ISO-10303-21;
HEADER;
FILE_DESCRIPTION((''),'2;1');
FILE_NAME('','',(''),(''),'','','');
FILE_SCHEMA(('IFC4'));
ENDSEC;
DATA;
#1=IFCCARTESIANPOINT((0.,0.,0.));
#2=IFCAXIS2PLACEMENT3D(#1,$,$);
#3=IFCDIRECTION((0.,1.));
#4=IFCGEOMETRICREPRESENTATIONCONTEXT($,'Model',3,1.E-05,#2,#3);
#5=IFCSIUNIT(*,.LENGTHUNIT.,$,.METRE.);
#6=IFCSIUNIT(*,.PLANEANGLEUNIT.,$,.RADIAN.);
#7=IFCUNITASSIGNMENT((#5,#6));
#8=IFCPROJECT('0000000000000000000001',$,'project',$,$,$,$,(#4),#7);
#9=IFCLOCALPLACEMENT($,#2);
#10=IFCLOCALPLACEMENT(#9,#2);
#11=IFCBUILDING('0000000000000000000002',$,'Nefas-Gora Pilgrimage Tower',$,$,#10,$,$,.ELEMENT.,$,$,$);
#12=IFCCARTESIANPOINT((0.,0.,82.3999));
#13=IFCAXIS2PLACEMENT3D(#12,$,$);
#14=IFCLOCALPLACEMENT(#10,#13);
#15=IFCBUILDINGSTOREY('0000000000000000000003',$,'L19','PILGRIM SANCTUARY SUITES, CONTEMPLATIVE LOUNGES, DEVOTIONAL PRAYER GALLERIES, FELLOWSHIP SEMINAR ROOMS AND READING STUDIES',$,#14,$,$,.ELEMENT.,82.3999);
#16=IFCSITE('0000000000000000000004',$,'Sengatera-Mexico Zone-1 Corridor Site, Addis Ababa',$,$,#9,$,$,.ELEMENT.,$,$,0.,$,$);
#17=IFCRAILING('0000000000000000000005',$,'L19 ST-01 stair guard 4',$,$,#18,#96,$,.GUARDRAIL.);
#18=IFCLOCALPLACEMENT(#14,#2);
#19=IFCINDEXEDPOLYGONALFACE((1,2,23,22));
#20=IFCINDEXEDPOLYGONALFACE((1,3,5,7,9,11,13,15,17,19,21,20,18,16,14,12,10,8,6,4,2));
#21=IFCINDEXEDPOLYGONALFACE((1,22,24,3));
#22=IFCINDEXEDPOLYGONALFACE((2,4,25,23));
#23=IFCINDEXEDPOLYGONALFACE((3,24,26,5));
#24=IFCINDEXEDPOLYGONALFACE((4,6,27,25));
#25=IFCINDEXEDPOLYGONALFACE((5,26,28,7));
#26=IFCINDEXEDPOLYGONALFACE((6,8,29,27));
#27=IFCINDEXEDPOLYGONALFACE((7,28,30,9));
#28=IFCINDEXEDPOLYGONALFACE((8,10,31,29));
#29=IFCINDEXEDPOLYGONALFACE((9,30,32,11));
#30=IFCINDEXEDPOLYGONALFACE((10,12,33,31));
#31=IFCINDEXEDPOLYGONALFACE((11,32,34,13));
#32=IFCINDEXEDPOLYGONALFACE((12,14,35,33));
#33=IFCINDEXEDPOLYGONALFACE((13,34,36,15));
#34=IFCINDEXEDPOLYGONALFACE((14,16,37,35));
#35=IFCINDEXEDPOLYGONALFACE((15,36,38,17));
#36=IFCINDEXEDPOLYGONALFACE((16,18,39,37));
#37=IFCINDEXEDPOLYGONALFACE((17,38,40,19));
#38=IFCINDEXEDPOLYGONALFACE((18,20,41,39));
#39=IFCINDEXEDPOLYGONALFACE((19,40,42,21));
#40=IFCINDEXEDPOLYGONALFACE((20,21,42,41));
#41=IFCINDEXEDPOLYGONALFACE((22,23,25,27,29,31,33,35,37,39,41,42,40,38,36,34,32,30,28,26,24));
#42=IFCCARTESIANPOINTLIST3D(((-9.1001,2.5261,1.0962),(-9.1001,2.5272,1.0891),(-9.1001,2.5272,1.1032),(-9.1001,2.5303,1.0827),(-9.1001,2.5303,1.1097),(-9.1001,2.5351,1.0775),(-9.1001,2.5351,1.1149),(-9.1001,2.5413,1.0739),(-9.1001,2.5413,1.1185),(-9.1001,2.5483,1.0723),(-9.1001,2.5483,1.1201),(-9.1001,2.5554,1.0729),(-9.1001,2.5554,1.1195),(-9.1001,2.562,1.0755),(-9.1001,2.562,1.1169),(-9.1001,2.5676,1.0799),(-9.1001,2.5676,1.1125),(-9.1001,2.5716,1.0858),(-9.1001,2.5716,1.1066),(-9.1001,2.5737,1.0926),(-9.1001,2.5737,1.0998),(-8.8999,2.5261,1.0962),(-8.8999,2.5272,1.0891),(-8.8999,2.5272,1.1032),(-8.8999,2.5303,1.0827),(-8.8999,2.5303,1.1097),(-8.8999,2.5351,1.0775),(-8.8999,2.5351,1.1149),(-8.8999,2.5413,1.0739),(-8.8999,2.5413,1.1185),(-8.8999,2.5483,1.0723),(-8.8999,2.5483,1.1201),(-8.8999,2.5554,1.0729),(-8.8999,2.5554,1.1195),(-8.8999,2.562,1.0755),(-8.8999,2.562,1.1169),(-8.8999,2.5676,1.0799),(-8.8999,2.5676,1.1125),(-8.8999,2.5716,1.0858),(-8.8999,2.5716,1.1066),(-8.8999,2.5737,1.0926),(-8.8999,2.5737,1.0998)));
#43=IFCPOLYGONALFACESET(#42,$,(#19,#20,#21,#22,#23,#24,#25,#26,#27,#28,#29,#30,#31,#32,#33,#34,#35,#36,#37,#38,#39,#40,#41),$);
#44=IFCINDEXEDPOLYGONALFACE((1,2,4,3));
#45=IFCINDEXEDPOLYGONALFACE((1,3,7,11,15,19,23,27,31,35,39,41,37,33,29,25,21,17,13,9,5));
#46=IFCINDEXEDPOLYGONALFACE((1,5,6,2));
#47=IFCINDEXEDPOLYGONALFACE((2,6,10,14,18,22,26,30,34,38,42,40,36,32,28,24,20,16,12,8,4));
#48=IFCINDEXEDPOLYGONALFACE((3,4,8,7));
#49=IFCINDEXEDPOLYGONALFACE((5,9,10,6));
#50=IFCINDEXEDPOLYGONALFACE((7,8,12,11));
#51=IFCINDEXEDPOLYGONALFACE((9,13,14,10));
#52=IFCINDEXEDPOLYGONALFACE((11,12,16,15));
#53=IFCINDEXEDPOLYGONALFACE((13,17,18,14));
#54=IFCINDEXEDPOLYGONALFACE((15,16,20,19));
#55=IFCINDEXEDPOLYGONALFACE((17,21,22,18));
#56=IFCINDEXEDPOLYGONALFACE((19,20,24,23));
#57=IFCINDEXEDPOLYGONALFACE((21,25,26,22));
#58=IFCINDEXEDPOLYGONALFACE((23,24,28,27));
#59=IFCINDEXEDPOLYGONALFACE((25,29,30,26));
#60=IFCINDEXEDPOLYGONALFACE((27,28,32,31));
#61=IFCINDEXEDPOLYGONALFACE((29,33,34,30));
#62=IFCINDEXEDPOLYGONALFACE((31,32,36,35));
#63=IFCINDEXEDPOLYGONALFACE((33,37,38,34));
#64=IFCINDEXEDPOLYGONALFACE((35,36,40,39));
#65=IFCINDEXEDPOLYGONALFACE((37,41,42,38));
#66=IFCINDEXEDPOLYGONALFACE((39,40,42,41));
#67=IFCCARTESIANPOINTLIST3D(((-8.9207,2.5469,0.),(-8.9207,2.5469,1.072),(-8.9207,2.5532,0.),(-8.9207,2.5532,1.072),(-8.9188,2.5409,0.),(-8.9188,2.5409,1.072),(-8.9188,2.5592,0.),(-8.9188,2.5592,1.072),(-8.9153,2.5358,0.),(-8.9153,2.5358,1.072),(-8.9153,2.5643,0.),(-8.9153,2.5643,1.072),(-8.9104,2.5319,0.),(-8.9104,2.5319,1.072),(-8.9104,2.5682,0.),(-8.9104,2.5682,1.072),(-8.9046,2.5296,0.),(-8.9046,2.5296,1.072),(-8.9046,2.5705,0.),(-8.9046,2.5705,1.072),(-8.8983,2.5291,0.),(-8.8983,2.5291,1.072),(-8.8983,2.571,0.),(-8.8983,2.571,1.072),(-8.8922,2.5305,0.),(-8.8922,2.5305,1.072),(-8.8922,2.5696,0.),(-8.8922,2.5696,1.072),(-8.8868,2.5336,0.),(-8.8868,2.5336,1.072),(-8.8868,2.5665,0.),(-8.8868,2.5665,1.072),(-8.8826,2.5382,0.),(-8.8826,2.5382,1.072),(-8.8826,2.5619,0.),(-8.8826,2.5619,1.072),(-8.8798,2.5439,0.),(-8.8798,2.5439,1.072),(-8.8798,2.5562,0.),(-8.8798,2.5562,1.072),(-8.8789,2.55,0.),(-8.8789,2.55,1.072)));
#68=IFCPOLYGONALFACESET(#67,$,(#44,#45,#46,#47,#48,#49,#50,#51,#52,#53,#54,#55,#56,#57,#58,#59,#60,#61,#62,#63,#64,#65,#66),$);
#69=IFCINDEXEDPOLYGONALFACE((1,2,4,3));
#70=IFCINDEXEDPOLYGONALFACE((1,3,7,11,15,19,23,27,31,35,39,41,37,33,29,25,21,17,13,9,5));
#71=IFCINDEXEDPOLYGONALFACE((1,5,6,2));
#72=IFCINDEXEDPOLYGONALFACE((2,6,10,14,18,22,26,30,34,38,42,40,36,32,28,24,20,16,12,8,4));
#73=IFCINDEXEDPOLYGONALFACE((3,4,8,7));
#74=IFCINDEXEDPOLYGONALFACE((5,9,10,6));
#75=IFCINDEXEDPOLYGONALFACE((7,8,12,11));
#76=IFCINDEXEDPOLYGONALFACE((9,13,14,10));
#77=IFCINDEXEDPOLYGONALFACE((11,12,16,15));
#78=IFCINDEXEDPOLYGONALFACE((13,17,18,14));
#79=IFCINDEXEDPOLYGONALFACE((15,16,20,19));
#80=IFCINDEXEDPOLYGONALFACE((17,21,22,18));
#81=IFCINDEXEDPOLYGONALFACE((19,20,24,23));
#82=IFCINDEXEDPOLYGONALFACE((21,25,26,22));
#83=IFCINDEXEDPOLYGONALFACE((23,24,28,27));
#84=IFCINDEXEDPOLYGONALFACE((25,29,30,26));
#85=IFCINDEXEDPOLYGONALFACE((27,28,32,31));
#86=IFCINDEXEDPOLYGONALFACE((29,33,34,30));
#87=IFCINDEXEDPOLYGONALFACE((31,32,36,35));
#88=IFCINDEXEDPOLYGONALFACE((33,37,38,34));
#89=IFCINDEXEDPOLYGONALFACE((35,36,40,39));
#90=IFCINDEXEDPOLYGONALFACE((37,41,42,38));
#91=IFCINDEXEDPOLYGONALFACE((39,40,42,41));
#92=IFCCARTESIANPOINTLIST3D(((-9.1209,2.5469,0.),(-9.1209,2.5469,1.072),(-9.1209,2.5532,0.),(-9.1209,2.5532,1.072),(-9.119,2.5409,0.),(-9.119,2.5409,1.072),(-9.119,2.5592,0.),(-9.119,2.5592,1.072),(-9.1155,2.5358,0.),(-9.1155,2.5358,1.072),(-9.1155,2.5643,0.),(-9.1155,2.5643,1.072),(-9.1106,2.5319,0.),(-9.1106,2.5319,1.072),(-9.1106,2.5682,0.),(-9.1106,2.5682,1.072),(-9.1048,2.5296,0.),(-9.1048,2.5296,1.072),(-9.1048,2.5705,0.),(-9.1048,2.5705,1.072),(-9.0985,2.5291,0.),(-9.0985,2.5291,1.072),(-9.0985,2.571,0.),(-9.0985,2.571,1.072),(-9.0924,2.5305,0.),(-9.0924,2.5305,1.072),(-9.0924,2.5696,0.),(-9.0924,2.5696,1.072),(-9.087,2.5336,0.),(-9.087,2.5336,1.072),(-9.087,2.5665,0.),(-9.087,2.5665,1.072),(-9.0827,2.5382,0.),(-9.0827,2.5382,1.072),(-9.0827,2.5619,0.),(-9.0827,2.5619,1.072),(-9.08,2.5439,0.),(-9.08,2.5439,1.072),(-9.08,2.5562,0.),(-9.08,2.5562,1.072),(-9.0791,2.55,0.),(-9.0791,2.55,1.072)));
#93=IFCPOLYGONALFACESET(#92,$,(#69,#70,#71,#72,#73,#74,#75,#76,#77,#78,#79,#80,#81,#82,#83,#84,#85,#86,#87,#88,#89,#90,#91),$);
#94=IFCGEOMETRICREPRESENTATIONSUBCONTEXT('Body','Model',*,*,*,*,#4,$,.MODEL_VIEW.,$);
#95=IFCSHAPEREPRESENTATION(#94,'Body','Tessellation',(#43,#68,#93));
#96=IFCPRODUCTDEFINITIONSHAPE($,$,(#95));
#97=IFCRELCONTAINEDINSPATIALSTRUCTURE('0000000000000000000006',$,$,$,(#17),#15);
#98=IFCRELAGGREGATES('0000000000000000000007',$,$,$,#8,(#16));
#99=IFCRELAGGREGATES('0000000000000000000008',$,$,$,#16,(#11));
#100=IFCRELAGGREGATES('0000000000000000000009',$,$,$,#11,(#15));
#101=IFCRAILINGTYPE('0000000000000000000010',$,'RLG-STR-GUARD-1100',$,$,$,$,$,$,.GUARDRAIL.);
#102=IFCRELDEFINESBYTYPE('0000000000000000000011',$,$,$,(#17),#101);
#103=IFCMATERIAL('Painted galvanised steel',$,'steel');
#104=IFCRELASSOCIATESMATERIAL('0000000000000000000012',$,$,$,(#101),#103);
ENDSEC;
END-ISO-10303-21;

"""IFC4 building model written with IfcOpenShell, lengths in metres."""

from ifc_helpers import new_model, si_unit, direction, frame, origin, origin_2d, place, context, subcontext, project, spatial, circle, extrude, material, type_object, element, save


model = new_model("IFC4")

# Units and contexts
model_context = context("Model", 3, precision=1e-05, world=origin(), true_north=direction((0.0, 1.0)))
body_context = subcontext(model_context, "Body", "Model", "MODEL_VIEW")
ifc_project = project(units=[si_unit("LENGTHUNIT", "METRE"), si_unit("PLANEANGLEUNIT", "RADIAN")], contexts=[model_context])

# Site, building, storey
site_placement = place(None, origin())
site = spatial("IfcSite", under=ifc_project, at=site_placement, Name="Sengatera-Mexico Zone-1 Corridor Site, Addis Ababa", CompositionType="ELEMENT", RefElevation=0.0)
building_placement = place(site_placement, origin())
building = spatial("IfcBuilding", under=site, at=building_placement, Name="Nefas-Gora Pilgrimage Tower", CompositionType="ELEMENT")
storey_placement = place(building_placement, frame((0.0, 0.0, 82.3999)))
storey = spatial("IfcBuildingStorey", under=building, at=storey_placement, Name="L19", Description="PILGRIM SANCTUARY SUITES, CONTEMPLATIVE LOUNGES, DEVOTIONAL PRAYER GALLERIES, FELLOWSHIP SEMINAR ROOMS AND READING STUDIES", CompositionType="ELEMENT", Elevation=82.3999)

# Railing
ifc_material_1 = material(Name="Painted galvanised steel", Category="steel")
railing_type_1 = type_object("IfcRailingType", Name="RLG-STR-GUARD-1100", PredefinedType="GUARDRAIL", material=ifc_material_1)
railing_1_placement = place(storey_placement, frame((-8.8999, 2.55, 0.0)))
element("IfcRailing", 1, at=railing_1_placement, inside=storey, type_object=railing_type_1, Name="L19 ST-01 stair guard 4", PredefinedType="GUARDRAIL", context=body_context, shape_type="SweptSolid", body=[
    extrude(circle(Radius=0.0239, at=origin_2d()), frame((0.0, 0.0, 1.0962), z_axis=(-1.0, 0.0, 0.0), x_axis=(0.0, -1.0, 0.0)), (0.0, 0.0, 1.0), 0.2002),
    extrude(circle(Radius=0.021, at=origin_2d()), origin(), (0.0, 0.0, 1.0), 1.072),
    extrude(circle(Radius=0.021, at=origin_2d()), frame((-0.2002, 0.0, 0.0)), (0.0, 0.0, 1.0), 1.072),
])

save(model, "model.ifc")
